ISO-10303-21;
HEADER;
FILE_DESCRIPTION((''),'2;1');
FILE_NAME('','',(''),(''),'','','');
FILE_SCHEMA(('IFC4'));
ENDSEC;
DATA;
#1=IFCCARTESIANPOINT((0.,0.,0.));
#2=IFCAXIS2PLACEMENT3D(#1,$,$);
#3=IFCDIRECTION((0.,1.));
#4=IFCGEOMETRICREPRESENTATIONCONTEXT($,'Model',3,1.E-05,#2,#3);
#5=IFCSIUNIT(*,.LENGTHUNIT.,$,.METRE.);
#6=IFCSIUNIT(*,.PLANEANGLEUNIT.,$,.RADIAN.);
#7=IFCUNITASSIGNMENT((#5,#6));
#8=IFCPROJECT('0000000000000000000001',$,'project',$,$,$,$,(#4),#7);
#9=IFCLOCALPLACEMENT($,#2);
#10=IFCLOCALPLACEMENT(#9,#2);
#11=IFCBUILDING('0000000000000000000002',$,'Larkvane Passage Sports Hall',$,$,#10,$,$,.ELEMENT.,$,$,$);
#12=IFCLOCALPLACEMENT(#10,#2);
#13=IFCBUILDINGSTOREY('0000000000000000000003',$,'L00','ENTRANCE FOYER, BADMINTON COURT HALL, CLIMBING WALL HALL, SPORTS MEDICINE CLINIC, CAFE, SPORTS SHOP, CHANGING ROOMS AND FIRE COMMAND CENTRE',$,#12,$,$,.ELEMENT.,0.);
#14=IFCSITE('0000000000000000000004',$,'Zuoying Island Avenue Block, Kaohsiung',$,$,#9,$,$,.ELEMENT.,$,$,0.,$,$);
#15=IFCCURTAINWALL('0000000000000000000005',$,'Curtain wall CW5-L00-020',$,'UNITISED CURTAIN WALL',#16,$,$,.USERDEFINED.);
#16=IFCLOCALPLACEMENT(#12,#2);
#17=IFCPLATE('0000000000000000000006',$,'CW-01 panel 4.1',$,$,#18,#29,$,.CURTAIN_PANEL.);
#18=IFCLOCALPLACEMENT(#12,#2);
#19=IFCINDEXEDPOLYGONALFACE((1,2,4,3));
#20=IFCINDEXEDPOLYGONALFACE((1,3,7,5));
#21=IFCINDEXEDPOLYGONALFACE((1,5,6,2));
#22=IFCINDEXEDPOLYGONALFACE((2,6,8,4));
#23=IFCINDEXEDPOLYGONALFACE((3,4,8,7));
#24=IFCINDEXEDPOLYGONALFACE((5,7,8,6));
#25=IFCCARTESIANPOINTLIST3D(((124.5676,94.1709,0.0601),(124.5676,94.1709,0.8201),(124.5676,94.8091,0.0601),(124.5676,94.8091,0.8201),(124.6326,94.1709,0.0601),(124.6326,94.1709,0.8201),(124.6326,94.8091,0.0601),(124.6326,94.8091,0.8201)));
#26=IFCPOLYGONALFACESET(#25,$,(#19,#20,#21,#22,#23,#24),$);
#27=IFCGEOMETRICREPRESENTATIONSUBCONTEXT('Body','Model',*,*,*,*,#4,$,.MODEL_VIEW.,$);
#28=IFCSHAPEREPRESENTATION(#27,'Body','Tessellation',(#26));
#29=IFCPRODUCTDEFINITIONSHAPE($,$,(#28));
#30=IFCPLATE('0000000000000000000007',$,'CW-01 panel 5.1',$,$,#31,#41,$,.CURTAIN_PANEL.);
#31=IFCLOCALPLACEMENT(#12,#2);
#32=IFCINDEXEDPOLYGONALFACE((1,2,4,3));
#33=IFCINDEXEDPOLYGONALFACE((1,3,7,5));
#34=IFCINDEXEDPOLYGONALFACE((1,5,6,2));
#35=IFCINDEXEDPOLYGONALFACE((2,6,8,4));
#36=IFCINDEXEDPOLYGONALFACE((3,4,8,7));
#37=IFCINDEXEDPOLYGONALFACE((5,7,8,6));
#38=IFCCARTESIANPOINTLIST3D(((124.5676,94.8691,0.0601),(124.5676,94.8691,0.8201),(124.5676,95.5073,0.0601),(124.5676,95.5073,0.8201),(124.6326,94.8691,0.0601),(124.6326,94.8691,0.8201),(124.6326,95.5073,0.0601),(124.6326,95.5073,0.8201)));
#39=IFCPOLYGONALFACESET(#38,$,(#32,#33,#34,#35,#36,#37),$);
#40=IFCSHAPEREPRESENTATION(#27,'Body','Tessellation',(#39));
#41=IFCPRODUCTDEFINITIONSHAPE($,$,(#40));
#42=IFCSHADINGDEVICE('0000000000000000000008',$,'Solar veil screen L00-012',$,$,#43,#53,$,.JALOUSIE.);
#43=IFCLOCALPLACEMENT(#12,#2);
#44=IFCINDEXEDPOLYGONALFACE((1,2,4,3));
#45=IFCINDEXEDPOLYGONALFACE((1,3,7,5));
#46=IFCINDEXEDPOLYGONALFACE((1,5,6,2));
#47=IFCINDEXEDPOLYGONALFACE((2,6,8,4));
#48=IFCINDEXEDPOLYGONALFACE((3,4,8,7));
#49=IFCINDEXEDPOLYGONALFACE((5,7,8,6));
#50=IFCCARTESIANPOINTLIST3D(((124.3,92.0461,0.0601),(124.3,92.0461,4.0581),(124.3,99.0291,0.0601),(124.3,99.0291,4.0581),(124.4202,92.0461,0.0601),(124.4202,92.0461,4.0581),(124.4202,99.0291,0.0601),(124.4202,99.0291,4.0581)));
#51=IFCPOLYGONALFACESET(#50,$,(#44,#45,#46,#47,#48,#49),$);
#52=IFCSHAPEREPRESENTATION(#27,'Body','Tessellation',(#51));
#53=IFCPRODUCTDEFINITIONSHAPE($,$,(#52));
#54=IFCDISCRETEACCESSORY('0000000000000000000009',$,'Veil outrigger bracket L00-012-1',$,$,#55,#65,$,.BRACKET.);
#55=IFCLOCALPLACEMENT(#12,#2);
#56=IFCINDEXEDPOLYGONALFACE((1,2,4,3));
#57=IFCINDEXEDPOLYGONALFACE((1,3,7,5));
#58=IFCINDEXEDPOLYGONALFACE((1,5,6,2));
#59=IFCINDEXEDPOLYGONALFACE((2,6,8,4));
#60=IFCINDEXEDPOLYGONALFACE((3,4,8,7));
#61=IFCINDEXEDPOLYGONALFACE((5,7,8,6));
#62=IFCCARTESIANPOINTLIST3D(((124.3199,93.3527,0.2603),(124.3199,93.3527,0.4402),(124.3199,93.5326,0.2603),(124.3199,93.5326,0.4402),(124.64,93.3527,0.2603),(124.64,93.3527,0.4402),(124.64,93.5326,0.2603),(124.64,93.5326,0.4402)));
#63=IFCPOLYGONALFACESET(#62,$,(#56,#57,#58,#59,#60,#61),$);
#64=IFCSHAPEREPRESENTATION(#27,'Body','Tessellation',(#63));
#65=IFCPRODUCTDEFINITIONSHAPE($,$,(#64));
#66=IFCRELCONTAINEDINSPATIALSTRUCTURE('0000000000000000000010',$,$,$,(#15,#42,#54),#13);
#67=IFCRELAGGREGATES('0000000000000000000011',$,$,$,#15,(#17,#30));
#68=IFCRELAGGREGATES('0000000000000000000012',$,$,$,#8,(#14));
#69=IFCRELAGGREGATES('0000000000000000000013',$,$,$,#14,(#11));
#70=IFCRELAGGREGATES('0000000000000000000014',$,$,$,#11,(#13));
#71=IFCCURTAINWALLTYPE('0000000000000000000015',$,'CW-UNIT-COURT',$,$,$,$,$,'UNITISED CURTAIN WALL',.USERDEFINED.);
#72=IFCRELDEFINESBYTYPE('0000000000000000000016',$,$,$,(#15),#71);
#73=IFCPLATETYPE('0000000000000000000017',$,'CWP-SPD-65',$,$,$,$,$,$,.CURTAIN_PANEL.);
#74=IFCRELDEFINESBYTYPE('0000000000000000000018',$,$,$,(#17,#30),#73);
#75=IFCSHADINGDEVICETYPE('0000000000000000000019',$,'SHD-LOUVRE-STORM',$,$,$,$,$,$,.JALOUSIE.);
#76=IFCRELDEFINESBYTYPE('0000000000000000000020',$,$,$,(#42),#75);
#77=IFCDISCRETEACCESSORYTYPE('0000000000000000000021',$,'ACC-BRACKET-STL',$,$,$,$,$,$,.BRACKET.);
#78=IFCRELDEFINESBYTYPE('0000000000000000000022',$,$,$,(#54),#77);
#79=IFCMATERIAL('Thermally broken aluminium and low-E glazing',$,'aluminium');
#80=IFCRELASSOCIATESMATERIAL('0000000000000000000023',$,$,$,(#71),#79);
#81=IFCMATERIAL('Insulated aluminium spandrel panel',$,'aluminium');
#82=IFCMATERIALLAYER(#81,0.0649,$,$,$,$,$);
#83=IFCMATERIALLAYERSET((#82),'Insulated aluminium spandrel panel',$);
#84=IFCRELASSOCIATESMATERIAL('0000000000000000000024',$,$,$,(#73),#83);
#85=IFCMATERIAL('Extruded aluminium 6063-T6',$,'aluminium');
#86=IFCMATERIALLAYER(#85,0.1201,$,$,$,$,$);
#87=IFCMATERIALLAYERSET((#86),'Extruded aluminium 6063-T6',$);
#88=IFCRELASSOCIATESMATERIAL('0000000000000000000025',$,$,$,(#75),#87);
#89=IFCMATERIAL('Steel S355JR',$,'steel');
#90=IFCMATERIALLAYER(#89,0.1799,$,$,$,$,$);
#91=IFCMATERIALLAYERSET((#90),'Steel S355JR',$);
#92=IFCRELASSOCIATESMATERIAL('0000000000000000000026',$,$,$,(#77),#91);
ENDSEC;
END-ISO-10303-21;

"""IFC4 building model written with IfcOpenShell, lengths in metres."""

from ifc_helpers import new_model, si_unit, direction, frame, origin, origin_2d, place, context, subcontext, project, spatial, rectangle, extrude, material, layer, layer_set, type_object, element, aggregate, save


model = new_model("IFC4")

# Units and contexts
model_context = context("Model", 3, precision=1e-05, world=origin(), true_north=direction((0.0, 1.0)))
body_context = subcontext(model_context, "Body", "Model", "MODEL_VIEW")
ifc_project = project(units=[si_unit("LENGTHUNIT", "METRE"), si_unit("PLANEANGLEUNIT", "RADIAN")], contexts=[model_context])

# Site, building, storey
site_placement = place(None, origin())
site = spatial("IfcSite", under=ifc_project, at=site_placement, Name="Zuoying Island Avenue Block, Kaohsiung", CompositionType="ELEMENT", RefElevation=0.0)
building_placement = place(site_placement, origin())
building = spatial("IfcBuilding", under=site, at=building_placement, Name="Larkvane Passage Sports Hall", CompositionType="ELEMENT")
storey_placement = place(building_placement, origin())
storey = spatial("IfcBuildingStorey", under=building, at=storey_placement, Name="L00", Description="ENTRANCE FOYER, BADMINTON COURT HALL, CLIMBING WALL HALL, SPORTS MEDICINE CLINIC, CAFE, SPORTS SHOP, CHANGING ROOMS AND FIRE COMMAND CENTRE", CompositionType="ELEMENT", Elevation=0.0)

# Curtain wall
ifc_material_1 = material(Name="Thermally broken aluminium and low-E glazing", Category="aluminium")
curtain_wall_type = type_object("IfcCurtainWallType", Name="CW-UNIT-COURT", ElementType="UNITISED CURTAIN WALL", PredefinedType="USERDEFINED", material=ifc_material_1)
curtain_wall_placement = place(storey_placement, origin())
curtain_wall = element("IfcCurtainWall", 1, at=curtain_wall_placement, inside=storey, type_object=curtain_wall_type, Name="Curtain wall CW5-L00-020", ObjectType="UNITISED CURTAIN WALL", PredefinedType="USERDEFINED")

# Shared definitions
ifc_material_2 = material(Name="Steel S355JR", Category="steel")

# Plates
ifc_material_3 = material(Name="Insulated aluminium spandrel panel", Category="aluminium")
ifc_layer_1 = layer(ifc_material_3, 0.0649)
ifc_layer_set_1 = layer_set([ifc_layer_1], Name="Insulated aluminium spandrel panel")
plate_type = type_object("IfcPlateType", Name="CWP-SPD-65", PredefinedType="CURTAIN_PANEL", material=ifc_layer_set_1)
plate_1_placement = place(storey_placement, frame((124.6001, 94.49, 0.0601), z_axis=(0.0, 0.0, 1.0), x_axis=(0.0, 1.0, 0.0)))
plate_1 = element("IfcPlate", 2, at=plate_1_placement, type_object=plate_type, Name="CW-01 panel 4.1", PredefinedType="CURTAIN_PANEL", context=body_context, shape_type="SweptSolid", body=[
    extrude(rectangle(XDim=0.6382, YDim=0.0649, at=origin_2d()), origin(), (0.0, 0.0, 1.0), 0.76),
])
plate_2_placement = place(storey_placement, frame((124.6001, 95.1882, 0.0601), z_axis=(0.0, 0.0, 1.0), x_axis=(0.0, 1.0, 0.0)))
plate_2 = element("IfcPlate", 3, at=plate_2_placement, type_object=plate_type, Name="CW-01 panel 5.1", PredefinedType="CURTAIN_PANEL", context=body_context, shape_type="SweptSolid", body=[
    extrude(rectangle(XDim=0.6382, YDim=0.0649, at=origin_2d()), origin(), (0.0, 0.0, 1.0), 0.76),
])
aggregate(curtain_wall, [plate_1, plate_2])

# Shading device
ifc_material_4 = material(Name="Extruded aluminium 6063-T6", Category="aluminium")
ifc_layer_2 = layer(ifc_material_4, 0.1201)
ifc_layer_set_2 = layer_set([ifc_layer_2], Name="Extruded aluminium 6063-T6")
shading_device_type = type_object("IfcShadingDeviceType", Name="SHD-LOUVRE-STORM", PredefinedType="JALOUSIE", material=ifc_layer_set_2)
shading_device_placement = place(storey_placement, frame((124.3601, 95.5376, 0.0601), z_axis=(0.0, 0.0, 1.0), x_axis=(0.0, 1.0, 0.0)))
element("IfcShadingDevice", 4, at=shading_device_placement, inside=storey, type_object=shading_device_type, Name="Solar veil screen L00-012", PredefinedType="JALOUSIE", context=body_context, shape_type="SweptSolid", body=[
    extrude(rectangle(XDim=6.9829, YDim=0.1201, at=origin_2d()), origin(), (0.0, 0.0, 1.0), 3.998),
])

# Discrete accessory
ifc_layer_3 = layer(ifc_material_2, 0.1799)
ifc_layer_set_3 = layer_set([ifc_layer_3], Name="Steel S355JR")
discrete_accessory_type = type_object("IfcDiscreteAccessoryType", Name="ACC-BRACKET-STL", PredefinedType="BRACKET", material=ifc_layer_set_3)
discrete_accessory_placement = place(storey_placement, frame((124.48, 93.4426, 0.2603), z_axis=(0.0, 0.0, 1.0), x_axis=(0.0, 1.0, 0.0)))
element("IfcDiscreteAccessory", 5, at=discrete_accessory_placement, inside=storey, type_object=discrete_accessory_type, Name="Veil outrigger bracket L00-012-1", PredefinedType="BRACKET", context=body_context, shape_type="SweptSolid", body=[
    extrude(rectangle(XDim=0.1799, YDim=0.3201, at=origin_2d()), origin(), (0.0, 0.0, 1.0), 0.1799),
])

save(model, "model.ifc")
